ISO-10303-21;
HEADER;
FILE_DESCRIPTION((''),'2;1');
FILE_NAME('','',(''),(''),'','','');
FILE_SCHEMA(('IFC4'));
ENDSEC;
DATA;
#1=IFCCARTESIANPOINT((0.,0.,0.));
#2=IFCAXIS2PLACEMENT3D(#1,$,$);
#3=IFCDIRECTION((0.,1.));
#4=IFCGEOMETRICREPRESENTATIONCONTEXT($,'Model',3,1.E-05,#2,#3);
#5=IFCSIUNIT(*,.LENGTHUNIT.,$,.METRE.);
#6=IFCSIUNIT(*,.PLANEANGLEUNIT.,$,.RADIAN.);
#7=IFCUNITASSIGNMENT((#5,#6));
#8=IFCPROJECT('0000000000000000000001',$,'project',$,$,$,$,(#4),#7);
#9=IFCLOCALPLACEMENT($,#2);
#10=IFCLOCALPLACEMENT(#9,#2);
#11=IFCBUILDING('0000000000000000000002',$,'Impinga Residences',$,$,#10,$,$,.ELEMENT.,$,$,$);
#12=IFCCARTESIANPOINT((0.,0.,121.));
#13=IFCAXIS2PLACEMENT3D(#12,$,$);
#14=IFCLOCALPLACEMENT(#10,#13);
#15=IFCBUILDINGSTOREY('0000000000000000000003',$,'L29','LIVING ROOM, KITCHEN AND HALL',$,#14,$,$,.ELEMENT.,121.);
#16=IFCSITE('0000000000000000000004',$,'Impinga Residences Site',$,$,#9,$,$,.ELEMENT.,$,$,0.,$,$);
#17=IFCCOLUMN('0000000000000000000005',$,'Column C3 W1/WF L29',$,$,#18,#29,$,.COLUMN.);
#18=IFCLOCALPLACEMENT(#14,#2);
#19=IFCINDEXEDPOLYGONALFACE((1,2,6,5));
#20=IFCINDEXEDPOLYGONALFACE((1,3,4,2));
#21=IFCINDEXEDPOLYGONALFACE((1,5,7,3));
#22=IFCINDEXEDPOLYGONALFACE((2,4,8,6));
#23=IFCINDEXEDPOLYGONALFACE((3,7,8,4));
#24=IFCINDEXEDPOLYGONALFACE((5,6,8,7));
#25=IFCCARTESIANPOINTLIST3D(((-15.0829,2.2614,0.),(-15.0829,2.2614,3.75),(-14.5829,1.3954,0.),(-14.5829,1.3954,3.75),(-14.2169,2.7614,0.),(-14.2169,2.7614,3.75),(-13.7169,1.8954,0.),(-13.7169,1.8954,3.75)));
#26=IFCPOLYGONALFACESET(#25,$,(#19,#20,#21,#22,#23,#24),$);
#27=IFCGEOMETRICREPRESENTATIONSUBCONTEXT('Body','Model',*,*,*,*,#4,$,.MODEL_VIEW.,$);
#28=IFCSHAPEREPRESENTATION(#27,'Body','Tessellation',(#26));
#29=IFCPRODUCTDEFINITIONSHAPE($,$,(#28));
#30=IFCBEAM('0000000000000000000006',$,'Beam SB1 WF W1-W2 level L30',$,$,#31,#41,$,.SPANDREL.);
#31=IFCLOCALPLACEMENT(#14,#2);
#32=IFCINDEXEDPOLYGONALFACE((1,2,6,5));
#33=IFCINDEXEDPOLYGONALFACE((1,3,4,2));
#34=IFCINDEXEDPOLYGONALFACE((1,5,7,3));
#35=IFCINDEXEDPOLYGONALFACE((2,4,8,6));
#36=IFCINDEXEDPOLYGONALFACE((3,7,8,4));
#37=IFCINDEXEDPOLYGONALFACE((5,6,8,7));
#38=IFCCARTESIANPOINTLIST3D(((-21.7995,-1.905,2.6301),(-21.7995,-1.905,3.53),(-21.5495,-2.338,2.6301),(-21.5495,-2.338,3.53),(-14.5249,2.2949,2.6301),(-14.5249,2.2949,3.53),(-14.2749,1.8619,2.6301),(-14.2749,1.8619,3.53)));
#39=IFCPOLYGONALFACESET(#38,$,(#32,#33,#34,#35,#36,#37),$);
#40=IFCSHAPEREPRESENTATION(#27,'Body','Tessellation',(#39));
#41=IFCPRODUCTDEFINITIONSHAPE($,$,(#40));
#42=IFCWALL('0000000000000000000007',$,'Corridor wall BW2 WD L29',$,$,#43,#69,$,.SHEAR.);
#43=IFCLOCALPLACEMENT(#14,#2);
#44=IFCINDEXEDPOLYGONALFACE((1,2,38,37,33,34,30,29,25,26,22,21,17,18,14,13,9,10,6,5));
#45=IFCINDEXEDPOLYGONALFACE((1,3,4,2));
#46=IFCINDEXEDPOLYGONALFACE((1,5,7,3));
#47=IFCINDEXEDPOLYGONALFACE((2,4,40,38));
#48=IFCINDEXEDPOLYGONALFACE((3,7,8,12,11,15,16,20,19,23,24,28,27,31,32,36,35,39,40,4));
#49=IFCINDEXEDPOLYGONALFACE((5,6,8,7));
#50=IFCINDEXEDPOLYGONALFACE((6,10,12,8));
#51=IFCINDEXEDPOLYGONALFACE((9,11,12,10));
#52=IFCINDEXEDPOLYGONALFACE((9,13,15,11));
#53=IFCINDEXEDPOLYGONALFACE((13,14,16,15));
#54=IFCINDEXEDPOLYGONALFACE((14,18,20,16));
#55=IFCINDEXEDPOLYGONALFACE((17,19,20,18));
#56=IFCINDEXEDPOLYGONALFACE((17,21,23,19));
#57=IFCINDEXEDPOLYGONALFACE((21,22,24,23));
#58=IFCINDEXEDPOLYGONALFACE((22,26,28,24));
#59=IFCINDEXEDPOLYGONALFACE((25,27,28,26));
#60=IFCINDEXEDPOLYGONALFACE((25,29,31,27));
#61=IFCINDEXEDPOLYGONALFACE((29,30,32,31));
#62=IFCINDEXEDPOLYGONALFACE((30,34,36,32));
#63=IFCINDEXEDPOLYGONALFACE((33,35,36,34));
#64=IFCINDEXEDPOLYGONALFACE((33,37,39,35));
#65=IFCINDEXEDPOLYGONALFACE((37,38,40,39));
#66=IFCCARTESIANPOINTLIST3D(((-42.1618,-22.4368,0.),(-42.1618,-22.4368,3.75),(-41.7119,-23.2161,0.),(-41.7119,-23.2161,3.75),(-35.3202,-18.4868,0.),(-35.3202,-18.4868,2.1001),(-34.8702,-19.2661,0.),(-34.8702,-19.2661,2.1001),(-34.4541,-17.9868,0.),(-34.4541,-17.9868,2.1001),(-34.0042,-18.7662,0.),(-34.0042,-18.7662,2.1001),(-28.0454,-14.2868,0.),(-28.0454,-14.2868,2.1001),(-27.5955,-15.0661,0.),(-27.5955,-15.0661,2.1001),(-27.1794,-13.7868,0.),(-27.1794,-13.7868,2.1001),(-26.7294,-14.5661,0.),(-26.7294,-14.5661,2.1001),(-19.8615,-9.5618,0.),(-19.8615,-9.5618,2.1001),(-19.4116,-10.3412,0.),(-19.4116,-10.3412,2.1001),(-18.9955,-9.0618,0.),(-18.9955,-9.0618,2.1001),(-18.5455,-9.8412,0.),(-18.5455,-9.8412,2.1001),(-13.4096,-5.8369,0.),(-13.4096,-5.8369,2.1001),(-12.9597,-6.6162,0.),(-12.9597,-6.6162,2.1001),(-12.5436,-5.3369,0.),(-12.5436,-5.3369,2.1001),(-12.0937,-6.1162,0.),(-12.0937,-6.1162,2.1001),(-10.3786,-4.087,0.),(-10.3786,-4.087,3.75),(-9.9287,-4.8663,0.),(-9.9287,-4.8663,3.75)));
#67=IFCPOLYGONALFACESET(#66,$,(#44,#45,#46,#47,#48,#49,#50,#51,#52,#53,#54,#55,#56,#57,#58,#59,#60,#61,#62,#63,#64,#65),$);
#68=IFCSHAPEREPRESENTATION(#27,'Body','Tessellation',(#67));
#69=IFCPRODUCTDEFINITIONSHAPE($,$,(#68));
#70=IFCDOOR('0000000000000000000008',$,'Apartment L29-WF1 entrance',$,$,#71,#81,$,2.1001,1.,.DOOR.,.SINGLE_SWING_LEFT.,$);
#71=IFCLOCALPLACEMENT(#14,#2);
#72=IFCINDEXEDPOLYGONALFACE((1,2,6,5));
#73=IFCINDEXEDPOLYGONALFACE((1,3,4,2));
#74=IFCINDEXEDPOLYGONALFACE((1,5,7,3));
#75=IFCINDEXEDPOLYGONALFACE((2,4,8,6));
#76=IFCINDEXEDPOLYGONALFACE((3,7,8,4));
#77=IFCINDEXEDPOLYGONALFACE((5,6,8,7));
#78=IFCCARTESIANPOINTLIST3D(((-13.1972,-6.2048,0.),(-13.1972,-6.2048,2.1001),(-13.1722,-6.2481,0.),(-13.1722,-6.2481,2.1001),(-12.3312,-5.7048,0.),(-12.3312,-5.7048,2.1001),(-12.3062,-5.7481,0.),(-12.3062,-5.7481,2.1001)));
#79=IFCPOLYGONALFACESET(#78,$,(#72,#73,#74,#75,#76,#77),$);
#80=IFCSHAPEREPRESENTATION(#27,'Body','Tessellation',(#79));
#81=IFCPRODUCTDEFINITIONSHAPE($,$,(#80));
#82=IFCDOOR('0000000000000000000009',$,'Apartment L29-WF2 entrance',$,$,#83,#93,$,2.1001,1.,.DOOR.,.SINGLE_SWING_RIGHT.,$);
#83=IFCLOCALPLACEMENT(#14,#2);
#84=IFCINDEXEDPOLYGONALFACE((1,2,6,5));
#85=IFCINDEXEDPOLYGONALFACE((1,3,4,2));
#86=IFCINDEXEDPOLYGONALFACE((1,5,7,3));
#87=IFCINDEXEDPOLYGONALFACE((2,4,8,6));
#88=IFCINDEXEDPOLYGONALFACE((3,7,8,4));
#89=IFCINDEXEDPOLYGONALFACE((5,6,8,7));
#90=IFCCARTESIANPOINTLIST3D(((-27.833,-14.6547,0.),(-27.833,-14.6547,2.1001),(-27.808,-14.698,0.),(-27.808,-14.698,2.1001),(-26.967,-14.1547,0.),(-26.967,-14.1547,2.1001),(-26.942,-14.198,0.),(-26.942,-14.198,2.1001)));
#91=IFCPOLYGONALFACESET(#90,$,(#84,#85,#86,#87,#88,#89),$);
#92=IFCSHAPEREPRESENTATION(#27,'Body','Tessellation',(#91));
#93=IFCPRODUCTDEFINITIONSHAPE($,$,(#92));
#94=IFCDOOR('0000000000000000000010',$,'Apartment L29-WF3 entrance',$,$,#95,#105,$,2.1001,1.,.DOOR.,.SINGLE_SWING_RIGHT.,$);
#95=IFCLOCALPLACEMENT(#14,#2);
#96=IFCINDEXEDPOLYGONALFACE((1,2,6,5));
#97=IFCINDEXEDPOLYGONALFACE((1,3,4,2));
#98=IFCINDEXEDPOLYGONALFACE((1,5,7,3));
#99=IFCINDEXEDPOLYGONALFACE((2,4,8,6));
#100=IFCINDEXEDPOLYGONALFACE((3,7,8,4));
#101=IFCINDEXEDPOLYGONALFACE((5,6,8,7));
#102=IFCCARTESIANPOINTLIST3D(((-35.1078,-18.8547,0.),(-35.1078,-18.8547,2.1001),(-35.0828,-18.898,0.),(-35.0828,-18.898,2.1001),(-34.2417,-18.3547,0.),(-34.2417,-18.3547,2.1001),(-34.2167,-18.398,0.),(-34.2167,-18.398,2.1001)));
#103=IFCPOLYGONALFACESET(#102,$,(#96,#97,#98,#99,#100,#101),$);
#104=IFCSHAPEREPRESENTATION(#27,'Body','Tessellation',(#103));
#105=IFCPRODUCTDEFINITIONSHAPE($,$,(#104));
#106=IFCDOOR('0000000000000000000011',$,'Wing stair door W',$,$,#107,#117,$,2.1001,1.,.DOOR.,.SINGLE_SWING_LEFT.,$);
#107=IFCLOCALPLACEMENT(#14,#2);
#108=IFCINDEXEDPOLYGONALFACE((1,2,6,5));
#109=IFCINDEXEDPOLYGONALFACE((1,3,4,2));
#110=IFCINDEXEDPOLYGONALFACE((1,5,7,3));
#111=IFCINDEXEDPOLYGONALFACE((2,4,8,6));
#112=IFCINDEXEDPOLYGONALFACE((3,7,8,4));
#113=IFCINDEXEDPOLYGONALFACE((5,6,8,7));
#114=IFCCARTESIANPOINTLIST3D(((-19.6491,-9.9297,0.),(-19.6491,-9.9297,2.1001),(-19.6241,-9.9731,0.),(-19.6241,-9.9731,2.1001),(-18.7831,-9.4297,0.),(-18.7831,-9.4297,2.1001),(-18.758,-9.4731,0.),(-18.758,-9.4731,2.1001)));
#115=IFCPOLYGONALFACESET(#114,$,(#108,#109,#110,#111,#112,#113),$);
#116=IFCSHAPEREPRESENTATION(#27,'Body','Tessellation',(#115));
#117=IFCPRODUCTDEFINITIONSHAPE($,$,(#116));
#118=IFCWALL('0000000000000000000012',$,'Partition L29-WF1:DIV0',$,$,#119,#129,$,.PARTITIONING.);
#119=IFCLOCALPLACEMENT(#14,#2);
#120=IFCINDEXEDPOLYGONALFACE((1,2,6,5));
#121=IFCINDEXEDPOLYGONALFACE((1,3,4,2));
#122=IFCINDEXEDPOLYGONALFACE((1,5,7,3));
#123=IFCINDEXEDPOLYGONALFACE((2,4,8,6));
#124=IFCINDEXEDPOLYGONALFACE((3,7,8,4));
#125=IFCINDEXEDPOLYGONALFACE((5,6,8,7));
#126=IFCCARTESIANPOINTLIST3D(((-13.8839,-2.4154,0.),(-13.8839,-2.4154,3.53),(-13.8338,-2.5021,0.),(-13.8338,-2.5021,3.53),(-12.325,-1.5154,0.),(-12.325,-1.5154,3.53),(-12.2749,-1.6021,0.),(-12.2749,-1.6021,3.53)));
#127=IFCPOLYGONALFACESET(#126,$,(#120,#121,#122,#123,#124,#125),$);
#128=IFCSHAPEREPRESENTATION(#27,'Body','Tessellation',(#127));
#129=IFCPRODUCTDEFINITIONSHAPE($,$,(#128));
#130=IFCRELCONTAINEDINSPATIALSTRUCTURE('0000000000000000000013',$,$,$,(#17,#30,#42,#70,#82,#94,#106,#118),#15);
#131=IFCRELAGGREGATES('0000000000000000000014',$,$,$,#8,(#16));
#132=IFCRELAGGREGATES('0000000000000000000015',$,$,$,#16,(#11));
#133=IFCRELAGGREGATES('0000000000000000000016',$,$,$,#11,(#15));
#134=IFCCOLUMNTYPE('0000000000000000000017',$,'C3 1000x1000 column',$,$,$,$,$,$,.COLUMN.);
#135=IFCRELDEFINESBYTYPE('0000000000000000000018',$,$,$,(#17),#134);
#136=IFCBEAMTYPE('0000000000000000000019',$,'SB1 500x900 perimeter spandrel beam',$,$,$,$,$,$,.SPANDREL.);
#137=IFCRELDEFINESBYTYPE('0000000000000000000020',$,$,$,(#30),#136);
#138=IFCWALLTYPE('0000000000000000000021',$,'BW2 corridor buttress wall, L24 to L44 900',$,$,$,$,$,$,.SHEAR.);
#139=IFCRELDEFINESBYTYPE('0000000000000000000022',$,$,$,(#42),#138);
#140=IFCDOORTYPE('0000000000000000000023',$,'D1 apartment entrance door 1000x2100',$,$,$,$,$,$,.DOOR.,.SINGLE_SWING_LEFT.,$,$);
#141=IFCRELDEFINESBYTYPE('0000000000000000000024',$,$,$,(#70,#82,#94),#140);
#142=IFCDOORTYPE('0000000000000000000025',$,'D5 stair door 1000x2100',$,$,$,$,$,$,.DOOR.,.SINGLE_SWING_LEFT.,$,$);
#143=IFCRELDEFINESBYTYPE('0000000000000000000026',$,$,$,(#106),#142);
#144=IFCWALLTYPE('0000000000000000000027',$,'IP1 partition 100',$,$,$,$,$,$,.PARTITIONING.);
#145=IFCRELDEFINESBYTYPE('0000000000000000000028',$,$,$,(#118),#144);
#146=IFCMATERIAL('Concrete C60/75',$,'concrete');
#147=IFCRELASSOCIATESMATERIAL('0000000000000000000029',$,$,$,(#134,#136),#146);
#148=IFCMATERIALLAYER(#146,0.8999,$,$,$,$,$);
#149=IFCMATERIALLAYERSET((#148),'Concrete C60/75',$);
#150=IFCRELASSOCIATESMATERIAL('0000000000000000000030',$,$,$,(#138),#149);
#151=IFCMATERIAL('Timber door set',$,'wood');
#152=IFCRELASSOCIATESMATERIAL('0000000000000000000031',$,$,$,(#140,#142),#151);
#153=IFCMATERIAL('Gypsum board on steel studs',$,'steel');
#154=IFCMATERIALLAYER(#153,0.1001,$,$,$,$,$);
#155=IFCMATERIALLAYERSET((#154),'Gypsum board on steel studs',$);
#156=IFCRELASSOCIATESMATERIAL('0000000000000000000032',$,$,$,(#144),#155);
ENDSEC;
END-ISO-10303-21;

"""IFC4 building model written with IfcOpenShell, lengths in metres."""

from ifc_helpers import new_model, si_unit, direction, frame, frame_2d, origin, origin_2d, place, context, subcontext, project, spatial, rectangle, extrude, material, layer, layer_set, material_profile, profile_set, type_object, element, fill, save


model = new_model("IFC4")

# Units and contexts
model_context = context("Model", 3, precision=1e-05, world=origin(), true_north=direction((0.0, 1.0)))
body_context = subcontext(model_context, "Body", "Model", "MODEL_VIEW")
ifc_project = project(units=[si_unit("LENGTHUNIT", "METRE"), si_unit("PLANEANGLEUNIT", "RADIAN")], contexts=[model_context])

# Site, building, storey
site_placement = place(None, origin())
site = spatial("IfcSite", under=ifc_project, at=site_placement, Name="Impinga Residences Site", CompositionType="ELEMENT", RefElevation=0.0)
building_placement = place(site_placement, origin())
building = spatial("IfcBuilding", under=site, at=building_placement, Name="Impinga Residences", CompositionType="ELEMENT")
storey_placement = place(building_placement, frame((0.0, 0.0, 121.0)))
storey = spatial("IfcBuildingStorey", under=building, at=storey_placement, Name="L29", Description="LIVING ROOM, KITCHEN AND HALL", CompositionType="ELEMENT", Elevation=121.0)

# Column
ifc_material_1 = material(Name="Concrete C60/75", Category="concrete")
ifc_material_profile_1 = material_profile(ifc_material_1, rectangle(XDim=1.0, YDim=1.0, at=origin_2d()), Name="RC 1000x1000")
ifc_profile_set_1 = profile_set([ifc_material_profile_1], Name="Concrete C60/75")
column_type = type_object("IfcColumnType", Name="C3 1000x1000 column", PredefinedType="COLUMN", material=ifc_profile_set_1)
column_placement = place(storey_placement, frame((-14.3999, 2.0784, 0.0), z_axis=(0.0, 0.0, 1.0), x_axis=(-0.5, 0.866025, 0.0)))
element("IfcColumn", 1, at=column_placement, inside=storey, type_object=column_type, Name="Column C3 W1/WF L29", PredefinedType="COLUMN", context=body_context, shape_type="SweptSolid", body=[
    extrude(rectangle(XDim=1.0, YDim=1.0, at=origin_2d()), origin(), (0.0, 0.0, 1.0), 3.75),
])

# Beam
ifc_material_profile_2 = material_profile(ifc_material_1, rectangle(XDim=0.5, YDim=0.8999, at=origin_2d()), Name="RC 500x900")
ifc_profile_set_2 = profile_set([ifc_material_profile_2], Name="Concrete C60/75")
beam_type = type_object("IfcBeamType", Name="SB1 500x900 perimeter spandrel beam", PredefinedType="SPANDREL", material=ifc_profile_set_2)
beam_placement = place(storey_placement, frame((-14.3999, 2.0784, 3.0801), z_axis=(-0.866029, -0.499993, 0.0), x_axis=(0.499993, -0.866029, 0.0)))
element("IfcBeam", 2, at=beam_placement, inside=storey, type_object=beam_type, Name="Beam SB1 WF W1-W2 level L30", PredefinedType="SPANDREL", context=body_context, shape_type="SweptSolid", body=[
    extrude(rectangle(XDim=0.5, YDim=0.8999, at=origin_2d()), origin(), (0.0, 0.0, 1.0), 8.3999),
])

# Wall, openings, doors
ifc_layer_1 = layer(ifc_material_1, 0.8999)
ifc_layer_set_1 = layer_set([ifc_layer_1], Name="Concrete C60/75")
wall_type_1 = type_object("IfcWallType", Name="BW2 corridor buttress wall, L24 to L44 900", PredefinedType="SHEAR", material=ifc_layer_set_1)
wall_1_placement = place(storey_placement, frame((-10.1536, -4.4766, 0.0), z_axis=(0.0, 0.0, 1.0), x_axis=(-0.866028, -0.499996, 0.0)))
wall_1 = element("IfcWall", 3, at=wall_1_placement, inside=storey, type_object=wall_type_1, Name="Corridor wall BW2 WD L29", PredefinedType="SHEAR", context=body_context, shape_type="SweptSolid", body=[
    extrude(rectangle(XDim=36.7, YDim=0.8999, at=frame_2d((18.3501, 0.0))), origin(), (0.0, 0.0, 1.0), 3.75),
])
opening_1_placement = place(wall_1_placement, frame((9.95, 0.0, 0.0)))
opening_1 = element("IfcOpeningElement", 4, at=opening_1_placement, cuts=wall_1, PredefinedType="OPENING", context=body_context, shape_type="SweptSolid", body=[
    extrude(rectangle(XDim=1.0, YDim=2.1001, at=frame_2d((0.5, 1.05))), frame((0.0, 0.46, 0.0), z_axis=(0.0, -1.0, 0.0), x_axis=(1.0, 0.0, 0.0)), (0.0, 0.0, 1.0), 0.9199),
])
opening_2_placement = place(wall_1_placement, frame((2.5, 0.0, 0.0)))
opening_2 = element("IfcOpeningElement", 5, at=opening_2_placement, cuts=wall_1, PredefinedType="OPENING", context=body_context, shape_type="SweptSolid", body=[
    extrude(rectangle(XDim=1.0, YDim=2.1001, at=frame_2d((0.5, 1.05))), frame((0.0, 0.46, 0.0), z_axis=(0.0, -1.0, 0.0), x_axis=(1.0, 0.0, 0.0)), (0.0, 0.0, 1.0), 0.9199),
])
opening_3_placement = place(wall_1_placement, frame((19.3999, 0.0, 0.0)))
opening_3 = element("IfcOpeningElement", 6, at=opening_3_placement, cuts=wall_1, PredefinedType="OPENING", context=body_context, shape_type="SweptSolid", body=[
    extrude(rectangle(XDim=1.0, YDim=2.1001, at=frame_2d((0.5, 1.05))), frame((0.0, 0.46, 0.0), z_axis=(0.0, -1.0, 0.0), x_axis=(1.0, 0.0, 0.0)), (0.0, 0.0, 1.0), 0.9199),
])
opening_4_placement = place(wall_1_placement, frame((27.8, 0.0, 0.0)))
opening_4 = element("IfcOpeningElement", 7, at=opening_4_placement, cuts=wall_1, PredefinedType="OPENING", context=body_context, shape_type="SweptSolid", body=[
    extrude(rectangle(XDim=1.0, YDim=2.1001, at=frame_2d((0.5, 1.05))), frame((0.0, 0.46, 0.0), z_axis=(0.0, -1.0, 0.0), x_axis=(1.0, 0.0, 0.0)), (0.0, 0.0, 1.0), 0.9199),
])
ifc_material_2 = material(Name="Timber door set", Category="wood")
door_type_1 = type_object("IfcDoorType", Name="D1 apartment entrance door 1000x2100", OperationType="SINGLE_SWING_LEFT", PredefinedType="DOOR", material=ifc_material_2)
door_1_placement = place(opening_2_placement, origin())
door_1 = element("IfcDoor", 8, at=door_1_placement, inside=storey, type_object=door_type_1, Name="Apartment L29-WF1 entrance", OperationType="SINGLE_SWING_LEFT", OverallHeight=2.1001, OverallWidth=1.0, PredefinedType="DOOR", context=body_context, shape_type="SweptSolid", body=[
    extrude(rectangle(XDim=1.0, YDim=2.1001, at=frame_2d((0.5, 1.05))), frame((0.0, 0.0249, 0.0), z_axis=(0.0, -1.0, 0.0), x_axis=(1.0, 0.0, 0.0)), (0.0, 0.0, 1.0), 0.05),
])
fill(opening_2, door_1)
door_2_placement = place(opening_3_placement, origin())
door_2 = element("IfcDoor", 9, at=door_2_placement, inside=storey, type_object=door_type_1, Name="Apartment L29-WF2 entrance", OperationType="SINGLE_SWING_RIGHT", OverallHeight=2.1001, OverallWidth=1.0, PredefinedType="DOOR", context=body_context, shape_type="SweptSolid", body=[
    extrude(rectangle(XDim=1.0, YDim=2.1001, at=frame_2d((0.5, 1.05))), frame((0.0, 0.0249, 0.0), z_axis=(0.0, -1.0, 0.0), x_axis=(1.0, 0.0, 0.0)), (0.0, 0.0, 1.0), 0.05),
])
fill(opening_3, door_2)
door_3_placement = place(opening_4_placement, origin())
door_3 = element("IfcDoor", 10, at=door_3_placement, inside=storey, type_object=door_type_1, Name="Apartment L29-WF3 entrance", OperationType="SINGLE_SWING_RIGHT", OverallHeight=2.1001, OverallWidth=1.0, PredefinedType="DOOR", context=body_context, shape_type="SweptSolid", body=[
    extrude(rectangle(XDim=1.0, YDim=2.1001, at=frame_2d((0.5, 1.05))), frame((0.0, 0.0249, 0.0), z_axis=(0.0, -1.0, 0.0), x_axis=(1.0, 0.0, 0.0)), (0.0, 0.0, 1.0), 0.05),
])
fill(opening_4, door_3)
door_type_2 = type_object("IfcDoorType", Name="D5 stair door 1000x2100", OperationType="SINGLE_SWING_LEFT", PredefinedType="DOOR", material=ifc_material_2)
door_4_placement = place(opening_1_placement, origin())
door_4 = element("IfcDoor", 11, at=door_4_placement, inside=storey, type_object=door_type_2, Name="Wing stair door W", OperationType="SINGLE_SWING_LEFT", OverallHeight=2.1001, OverallWidth=1.0, PredefinedType="DOOR", context=body_context, shape_type="SweptSolid", body=[
    extrude(rectangle(XDim=1.0, YDim=2.1001, at=frame_2d((0.5, 1.05))), frame((0.0, 0.0249, 0.0), z_axis=(0.0, -1.0, 0.0), x_axis=(1.0, 0.0, 0.0)), (0.0, 0.0, 1.0), 0.05),
])
fill(opening_1, door_4)

# Wall
ifc_material_3 = material(Name="Gypsum board on steel studs", Category="steel")
ifc_layer_2 = layer(ifc_material_3, 0.1001)
ifc_layer_set_2 = layer_set([ifc_layer_2], Name="Gypsum board on steel studs")
wall_type_2 = type_object("IfcWallType", Name="IP1 partition 100", PredefinedType="PARTITIONING", material=ifc_layer_set_2)
wall_2_placement = place(storey_placement, frame((-12.3, -1.5588, 0.0), z_axis=(0.0, 0.0, 1.0), x_axis=(-0.866048, -0.499961, 0.0)))
element("IfcWall", 12, at=wall_2_placement, inside=storey, type_object=wall_type_2, Name="Partition L29-WF1:DIV0", PredefinedType="PARTITIONING", context=body_context, shape_type="SweptSolid", body=[
    extrude(rectangle(XDim=1.8, YDim=0.1001, at=frame_2d((0.8999, 0.0))), origin(), (0.0, 0.0, 1.0), 3.53),
])

save(model, "model.ifc")
